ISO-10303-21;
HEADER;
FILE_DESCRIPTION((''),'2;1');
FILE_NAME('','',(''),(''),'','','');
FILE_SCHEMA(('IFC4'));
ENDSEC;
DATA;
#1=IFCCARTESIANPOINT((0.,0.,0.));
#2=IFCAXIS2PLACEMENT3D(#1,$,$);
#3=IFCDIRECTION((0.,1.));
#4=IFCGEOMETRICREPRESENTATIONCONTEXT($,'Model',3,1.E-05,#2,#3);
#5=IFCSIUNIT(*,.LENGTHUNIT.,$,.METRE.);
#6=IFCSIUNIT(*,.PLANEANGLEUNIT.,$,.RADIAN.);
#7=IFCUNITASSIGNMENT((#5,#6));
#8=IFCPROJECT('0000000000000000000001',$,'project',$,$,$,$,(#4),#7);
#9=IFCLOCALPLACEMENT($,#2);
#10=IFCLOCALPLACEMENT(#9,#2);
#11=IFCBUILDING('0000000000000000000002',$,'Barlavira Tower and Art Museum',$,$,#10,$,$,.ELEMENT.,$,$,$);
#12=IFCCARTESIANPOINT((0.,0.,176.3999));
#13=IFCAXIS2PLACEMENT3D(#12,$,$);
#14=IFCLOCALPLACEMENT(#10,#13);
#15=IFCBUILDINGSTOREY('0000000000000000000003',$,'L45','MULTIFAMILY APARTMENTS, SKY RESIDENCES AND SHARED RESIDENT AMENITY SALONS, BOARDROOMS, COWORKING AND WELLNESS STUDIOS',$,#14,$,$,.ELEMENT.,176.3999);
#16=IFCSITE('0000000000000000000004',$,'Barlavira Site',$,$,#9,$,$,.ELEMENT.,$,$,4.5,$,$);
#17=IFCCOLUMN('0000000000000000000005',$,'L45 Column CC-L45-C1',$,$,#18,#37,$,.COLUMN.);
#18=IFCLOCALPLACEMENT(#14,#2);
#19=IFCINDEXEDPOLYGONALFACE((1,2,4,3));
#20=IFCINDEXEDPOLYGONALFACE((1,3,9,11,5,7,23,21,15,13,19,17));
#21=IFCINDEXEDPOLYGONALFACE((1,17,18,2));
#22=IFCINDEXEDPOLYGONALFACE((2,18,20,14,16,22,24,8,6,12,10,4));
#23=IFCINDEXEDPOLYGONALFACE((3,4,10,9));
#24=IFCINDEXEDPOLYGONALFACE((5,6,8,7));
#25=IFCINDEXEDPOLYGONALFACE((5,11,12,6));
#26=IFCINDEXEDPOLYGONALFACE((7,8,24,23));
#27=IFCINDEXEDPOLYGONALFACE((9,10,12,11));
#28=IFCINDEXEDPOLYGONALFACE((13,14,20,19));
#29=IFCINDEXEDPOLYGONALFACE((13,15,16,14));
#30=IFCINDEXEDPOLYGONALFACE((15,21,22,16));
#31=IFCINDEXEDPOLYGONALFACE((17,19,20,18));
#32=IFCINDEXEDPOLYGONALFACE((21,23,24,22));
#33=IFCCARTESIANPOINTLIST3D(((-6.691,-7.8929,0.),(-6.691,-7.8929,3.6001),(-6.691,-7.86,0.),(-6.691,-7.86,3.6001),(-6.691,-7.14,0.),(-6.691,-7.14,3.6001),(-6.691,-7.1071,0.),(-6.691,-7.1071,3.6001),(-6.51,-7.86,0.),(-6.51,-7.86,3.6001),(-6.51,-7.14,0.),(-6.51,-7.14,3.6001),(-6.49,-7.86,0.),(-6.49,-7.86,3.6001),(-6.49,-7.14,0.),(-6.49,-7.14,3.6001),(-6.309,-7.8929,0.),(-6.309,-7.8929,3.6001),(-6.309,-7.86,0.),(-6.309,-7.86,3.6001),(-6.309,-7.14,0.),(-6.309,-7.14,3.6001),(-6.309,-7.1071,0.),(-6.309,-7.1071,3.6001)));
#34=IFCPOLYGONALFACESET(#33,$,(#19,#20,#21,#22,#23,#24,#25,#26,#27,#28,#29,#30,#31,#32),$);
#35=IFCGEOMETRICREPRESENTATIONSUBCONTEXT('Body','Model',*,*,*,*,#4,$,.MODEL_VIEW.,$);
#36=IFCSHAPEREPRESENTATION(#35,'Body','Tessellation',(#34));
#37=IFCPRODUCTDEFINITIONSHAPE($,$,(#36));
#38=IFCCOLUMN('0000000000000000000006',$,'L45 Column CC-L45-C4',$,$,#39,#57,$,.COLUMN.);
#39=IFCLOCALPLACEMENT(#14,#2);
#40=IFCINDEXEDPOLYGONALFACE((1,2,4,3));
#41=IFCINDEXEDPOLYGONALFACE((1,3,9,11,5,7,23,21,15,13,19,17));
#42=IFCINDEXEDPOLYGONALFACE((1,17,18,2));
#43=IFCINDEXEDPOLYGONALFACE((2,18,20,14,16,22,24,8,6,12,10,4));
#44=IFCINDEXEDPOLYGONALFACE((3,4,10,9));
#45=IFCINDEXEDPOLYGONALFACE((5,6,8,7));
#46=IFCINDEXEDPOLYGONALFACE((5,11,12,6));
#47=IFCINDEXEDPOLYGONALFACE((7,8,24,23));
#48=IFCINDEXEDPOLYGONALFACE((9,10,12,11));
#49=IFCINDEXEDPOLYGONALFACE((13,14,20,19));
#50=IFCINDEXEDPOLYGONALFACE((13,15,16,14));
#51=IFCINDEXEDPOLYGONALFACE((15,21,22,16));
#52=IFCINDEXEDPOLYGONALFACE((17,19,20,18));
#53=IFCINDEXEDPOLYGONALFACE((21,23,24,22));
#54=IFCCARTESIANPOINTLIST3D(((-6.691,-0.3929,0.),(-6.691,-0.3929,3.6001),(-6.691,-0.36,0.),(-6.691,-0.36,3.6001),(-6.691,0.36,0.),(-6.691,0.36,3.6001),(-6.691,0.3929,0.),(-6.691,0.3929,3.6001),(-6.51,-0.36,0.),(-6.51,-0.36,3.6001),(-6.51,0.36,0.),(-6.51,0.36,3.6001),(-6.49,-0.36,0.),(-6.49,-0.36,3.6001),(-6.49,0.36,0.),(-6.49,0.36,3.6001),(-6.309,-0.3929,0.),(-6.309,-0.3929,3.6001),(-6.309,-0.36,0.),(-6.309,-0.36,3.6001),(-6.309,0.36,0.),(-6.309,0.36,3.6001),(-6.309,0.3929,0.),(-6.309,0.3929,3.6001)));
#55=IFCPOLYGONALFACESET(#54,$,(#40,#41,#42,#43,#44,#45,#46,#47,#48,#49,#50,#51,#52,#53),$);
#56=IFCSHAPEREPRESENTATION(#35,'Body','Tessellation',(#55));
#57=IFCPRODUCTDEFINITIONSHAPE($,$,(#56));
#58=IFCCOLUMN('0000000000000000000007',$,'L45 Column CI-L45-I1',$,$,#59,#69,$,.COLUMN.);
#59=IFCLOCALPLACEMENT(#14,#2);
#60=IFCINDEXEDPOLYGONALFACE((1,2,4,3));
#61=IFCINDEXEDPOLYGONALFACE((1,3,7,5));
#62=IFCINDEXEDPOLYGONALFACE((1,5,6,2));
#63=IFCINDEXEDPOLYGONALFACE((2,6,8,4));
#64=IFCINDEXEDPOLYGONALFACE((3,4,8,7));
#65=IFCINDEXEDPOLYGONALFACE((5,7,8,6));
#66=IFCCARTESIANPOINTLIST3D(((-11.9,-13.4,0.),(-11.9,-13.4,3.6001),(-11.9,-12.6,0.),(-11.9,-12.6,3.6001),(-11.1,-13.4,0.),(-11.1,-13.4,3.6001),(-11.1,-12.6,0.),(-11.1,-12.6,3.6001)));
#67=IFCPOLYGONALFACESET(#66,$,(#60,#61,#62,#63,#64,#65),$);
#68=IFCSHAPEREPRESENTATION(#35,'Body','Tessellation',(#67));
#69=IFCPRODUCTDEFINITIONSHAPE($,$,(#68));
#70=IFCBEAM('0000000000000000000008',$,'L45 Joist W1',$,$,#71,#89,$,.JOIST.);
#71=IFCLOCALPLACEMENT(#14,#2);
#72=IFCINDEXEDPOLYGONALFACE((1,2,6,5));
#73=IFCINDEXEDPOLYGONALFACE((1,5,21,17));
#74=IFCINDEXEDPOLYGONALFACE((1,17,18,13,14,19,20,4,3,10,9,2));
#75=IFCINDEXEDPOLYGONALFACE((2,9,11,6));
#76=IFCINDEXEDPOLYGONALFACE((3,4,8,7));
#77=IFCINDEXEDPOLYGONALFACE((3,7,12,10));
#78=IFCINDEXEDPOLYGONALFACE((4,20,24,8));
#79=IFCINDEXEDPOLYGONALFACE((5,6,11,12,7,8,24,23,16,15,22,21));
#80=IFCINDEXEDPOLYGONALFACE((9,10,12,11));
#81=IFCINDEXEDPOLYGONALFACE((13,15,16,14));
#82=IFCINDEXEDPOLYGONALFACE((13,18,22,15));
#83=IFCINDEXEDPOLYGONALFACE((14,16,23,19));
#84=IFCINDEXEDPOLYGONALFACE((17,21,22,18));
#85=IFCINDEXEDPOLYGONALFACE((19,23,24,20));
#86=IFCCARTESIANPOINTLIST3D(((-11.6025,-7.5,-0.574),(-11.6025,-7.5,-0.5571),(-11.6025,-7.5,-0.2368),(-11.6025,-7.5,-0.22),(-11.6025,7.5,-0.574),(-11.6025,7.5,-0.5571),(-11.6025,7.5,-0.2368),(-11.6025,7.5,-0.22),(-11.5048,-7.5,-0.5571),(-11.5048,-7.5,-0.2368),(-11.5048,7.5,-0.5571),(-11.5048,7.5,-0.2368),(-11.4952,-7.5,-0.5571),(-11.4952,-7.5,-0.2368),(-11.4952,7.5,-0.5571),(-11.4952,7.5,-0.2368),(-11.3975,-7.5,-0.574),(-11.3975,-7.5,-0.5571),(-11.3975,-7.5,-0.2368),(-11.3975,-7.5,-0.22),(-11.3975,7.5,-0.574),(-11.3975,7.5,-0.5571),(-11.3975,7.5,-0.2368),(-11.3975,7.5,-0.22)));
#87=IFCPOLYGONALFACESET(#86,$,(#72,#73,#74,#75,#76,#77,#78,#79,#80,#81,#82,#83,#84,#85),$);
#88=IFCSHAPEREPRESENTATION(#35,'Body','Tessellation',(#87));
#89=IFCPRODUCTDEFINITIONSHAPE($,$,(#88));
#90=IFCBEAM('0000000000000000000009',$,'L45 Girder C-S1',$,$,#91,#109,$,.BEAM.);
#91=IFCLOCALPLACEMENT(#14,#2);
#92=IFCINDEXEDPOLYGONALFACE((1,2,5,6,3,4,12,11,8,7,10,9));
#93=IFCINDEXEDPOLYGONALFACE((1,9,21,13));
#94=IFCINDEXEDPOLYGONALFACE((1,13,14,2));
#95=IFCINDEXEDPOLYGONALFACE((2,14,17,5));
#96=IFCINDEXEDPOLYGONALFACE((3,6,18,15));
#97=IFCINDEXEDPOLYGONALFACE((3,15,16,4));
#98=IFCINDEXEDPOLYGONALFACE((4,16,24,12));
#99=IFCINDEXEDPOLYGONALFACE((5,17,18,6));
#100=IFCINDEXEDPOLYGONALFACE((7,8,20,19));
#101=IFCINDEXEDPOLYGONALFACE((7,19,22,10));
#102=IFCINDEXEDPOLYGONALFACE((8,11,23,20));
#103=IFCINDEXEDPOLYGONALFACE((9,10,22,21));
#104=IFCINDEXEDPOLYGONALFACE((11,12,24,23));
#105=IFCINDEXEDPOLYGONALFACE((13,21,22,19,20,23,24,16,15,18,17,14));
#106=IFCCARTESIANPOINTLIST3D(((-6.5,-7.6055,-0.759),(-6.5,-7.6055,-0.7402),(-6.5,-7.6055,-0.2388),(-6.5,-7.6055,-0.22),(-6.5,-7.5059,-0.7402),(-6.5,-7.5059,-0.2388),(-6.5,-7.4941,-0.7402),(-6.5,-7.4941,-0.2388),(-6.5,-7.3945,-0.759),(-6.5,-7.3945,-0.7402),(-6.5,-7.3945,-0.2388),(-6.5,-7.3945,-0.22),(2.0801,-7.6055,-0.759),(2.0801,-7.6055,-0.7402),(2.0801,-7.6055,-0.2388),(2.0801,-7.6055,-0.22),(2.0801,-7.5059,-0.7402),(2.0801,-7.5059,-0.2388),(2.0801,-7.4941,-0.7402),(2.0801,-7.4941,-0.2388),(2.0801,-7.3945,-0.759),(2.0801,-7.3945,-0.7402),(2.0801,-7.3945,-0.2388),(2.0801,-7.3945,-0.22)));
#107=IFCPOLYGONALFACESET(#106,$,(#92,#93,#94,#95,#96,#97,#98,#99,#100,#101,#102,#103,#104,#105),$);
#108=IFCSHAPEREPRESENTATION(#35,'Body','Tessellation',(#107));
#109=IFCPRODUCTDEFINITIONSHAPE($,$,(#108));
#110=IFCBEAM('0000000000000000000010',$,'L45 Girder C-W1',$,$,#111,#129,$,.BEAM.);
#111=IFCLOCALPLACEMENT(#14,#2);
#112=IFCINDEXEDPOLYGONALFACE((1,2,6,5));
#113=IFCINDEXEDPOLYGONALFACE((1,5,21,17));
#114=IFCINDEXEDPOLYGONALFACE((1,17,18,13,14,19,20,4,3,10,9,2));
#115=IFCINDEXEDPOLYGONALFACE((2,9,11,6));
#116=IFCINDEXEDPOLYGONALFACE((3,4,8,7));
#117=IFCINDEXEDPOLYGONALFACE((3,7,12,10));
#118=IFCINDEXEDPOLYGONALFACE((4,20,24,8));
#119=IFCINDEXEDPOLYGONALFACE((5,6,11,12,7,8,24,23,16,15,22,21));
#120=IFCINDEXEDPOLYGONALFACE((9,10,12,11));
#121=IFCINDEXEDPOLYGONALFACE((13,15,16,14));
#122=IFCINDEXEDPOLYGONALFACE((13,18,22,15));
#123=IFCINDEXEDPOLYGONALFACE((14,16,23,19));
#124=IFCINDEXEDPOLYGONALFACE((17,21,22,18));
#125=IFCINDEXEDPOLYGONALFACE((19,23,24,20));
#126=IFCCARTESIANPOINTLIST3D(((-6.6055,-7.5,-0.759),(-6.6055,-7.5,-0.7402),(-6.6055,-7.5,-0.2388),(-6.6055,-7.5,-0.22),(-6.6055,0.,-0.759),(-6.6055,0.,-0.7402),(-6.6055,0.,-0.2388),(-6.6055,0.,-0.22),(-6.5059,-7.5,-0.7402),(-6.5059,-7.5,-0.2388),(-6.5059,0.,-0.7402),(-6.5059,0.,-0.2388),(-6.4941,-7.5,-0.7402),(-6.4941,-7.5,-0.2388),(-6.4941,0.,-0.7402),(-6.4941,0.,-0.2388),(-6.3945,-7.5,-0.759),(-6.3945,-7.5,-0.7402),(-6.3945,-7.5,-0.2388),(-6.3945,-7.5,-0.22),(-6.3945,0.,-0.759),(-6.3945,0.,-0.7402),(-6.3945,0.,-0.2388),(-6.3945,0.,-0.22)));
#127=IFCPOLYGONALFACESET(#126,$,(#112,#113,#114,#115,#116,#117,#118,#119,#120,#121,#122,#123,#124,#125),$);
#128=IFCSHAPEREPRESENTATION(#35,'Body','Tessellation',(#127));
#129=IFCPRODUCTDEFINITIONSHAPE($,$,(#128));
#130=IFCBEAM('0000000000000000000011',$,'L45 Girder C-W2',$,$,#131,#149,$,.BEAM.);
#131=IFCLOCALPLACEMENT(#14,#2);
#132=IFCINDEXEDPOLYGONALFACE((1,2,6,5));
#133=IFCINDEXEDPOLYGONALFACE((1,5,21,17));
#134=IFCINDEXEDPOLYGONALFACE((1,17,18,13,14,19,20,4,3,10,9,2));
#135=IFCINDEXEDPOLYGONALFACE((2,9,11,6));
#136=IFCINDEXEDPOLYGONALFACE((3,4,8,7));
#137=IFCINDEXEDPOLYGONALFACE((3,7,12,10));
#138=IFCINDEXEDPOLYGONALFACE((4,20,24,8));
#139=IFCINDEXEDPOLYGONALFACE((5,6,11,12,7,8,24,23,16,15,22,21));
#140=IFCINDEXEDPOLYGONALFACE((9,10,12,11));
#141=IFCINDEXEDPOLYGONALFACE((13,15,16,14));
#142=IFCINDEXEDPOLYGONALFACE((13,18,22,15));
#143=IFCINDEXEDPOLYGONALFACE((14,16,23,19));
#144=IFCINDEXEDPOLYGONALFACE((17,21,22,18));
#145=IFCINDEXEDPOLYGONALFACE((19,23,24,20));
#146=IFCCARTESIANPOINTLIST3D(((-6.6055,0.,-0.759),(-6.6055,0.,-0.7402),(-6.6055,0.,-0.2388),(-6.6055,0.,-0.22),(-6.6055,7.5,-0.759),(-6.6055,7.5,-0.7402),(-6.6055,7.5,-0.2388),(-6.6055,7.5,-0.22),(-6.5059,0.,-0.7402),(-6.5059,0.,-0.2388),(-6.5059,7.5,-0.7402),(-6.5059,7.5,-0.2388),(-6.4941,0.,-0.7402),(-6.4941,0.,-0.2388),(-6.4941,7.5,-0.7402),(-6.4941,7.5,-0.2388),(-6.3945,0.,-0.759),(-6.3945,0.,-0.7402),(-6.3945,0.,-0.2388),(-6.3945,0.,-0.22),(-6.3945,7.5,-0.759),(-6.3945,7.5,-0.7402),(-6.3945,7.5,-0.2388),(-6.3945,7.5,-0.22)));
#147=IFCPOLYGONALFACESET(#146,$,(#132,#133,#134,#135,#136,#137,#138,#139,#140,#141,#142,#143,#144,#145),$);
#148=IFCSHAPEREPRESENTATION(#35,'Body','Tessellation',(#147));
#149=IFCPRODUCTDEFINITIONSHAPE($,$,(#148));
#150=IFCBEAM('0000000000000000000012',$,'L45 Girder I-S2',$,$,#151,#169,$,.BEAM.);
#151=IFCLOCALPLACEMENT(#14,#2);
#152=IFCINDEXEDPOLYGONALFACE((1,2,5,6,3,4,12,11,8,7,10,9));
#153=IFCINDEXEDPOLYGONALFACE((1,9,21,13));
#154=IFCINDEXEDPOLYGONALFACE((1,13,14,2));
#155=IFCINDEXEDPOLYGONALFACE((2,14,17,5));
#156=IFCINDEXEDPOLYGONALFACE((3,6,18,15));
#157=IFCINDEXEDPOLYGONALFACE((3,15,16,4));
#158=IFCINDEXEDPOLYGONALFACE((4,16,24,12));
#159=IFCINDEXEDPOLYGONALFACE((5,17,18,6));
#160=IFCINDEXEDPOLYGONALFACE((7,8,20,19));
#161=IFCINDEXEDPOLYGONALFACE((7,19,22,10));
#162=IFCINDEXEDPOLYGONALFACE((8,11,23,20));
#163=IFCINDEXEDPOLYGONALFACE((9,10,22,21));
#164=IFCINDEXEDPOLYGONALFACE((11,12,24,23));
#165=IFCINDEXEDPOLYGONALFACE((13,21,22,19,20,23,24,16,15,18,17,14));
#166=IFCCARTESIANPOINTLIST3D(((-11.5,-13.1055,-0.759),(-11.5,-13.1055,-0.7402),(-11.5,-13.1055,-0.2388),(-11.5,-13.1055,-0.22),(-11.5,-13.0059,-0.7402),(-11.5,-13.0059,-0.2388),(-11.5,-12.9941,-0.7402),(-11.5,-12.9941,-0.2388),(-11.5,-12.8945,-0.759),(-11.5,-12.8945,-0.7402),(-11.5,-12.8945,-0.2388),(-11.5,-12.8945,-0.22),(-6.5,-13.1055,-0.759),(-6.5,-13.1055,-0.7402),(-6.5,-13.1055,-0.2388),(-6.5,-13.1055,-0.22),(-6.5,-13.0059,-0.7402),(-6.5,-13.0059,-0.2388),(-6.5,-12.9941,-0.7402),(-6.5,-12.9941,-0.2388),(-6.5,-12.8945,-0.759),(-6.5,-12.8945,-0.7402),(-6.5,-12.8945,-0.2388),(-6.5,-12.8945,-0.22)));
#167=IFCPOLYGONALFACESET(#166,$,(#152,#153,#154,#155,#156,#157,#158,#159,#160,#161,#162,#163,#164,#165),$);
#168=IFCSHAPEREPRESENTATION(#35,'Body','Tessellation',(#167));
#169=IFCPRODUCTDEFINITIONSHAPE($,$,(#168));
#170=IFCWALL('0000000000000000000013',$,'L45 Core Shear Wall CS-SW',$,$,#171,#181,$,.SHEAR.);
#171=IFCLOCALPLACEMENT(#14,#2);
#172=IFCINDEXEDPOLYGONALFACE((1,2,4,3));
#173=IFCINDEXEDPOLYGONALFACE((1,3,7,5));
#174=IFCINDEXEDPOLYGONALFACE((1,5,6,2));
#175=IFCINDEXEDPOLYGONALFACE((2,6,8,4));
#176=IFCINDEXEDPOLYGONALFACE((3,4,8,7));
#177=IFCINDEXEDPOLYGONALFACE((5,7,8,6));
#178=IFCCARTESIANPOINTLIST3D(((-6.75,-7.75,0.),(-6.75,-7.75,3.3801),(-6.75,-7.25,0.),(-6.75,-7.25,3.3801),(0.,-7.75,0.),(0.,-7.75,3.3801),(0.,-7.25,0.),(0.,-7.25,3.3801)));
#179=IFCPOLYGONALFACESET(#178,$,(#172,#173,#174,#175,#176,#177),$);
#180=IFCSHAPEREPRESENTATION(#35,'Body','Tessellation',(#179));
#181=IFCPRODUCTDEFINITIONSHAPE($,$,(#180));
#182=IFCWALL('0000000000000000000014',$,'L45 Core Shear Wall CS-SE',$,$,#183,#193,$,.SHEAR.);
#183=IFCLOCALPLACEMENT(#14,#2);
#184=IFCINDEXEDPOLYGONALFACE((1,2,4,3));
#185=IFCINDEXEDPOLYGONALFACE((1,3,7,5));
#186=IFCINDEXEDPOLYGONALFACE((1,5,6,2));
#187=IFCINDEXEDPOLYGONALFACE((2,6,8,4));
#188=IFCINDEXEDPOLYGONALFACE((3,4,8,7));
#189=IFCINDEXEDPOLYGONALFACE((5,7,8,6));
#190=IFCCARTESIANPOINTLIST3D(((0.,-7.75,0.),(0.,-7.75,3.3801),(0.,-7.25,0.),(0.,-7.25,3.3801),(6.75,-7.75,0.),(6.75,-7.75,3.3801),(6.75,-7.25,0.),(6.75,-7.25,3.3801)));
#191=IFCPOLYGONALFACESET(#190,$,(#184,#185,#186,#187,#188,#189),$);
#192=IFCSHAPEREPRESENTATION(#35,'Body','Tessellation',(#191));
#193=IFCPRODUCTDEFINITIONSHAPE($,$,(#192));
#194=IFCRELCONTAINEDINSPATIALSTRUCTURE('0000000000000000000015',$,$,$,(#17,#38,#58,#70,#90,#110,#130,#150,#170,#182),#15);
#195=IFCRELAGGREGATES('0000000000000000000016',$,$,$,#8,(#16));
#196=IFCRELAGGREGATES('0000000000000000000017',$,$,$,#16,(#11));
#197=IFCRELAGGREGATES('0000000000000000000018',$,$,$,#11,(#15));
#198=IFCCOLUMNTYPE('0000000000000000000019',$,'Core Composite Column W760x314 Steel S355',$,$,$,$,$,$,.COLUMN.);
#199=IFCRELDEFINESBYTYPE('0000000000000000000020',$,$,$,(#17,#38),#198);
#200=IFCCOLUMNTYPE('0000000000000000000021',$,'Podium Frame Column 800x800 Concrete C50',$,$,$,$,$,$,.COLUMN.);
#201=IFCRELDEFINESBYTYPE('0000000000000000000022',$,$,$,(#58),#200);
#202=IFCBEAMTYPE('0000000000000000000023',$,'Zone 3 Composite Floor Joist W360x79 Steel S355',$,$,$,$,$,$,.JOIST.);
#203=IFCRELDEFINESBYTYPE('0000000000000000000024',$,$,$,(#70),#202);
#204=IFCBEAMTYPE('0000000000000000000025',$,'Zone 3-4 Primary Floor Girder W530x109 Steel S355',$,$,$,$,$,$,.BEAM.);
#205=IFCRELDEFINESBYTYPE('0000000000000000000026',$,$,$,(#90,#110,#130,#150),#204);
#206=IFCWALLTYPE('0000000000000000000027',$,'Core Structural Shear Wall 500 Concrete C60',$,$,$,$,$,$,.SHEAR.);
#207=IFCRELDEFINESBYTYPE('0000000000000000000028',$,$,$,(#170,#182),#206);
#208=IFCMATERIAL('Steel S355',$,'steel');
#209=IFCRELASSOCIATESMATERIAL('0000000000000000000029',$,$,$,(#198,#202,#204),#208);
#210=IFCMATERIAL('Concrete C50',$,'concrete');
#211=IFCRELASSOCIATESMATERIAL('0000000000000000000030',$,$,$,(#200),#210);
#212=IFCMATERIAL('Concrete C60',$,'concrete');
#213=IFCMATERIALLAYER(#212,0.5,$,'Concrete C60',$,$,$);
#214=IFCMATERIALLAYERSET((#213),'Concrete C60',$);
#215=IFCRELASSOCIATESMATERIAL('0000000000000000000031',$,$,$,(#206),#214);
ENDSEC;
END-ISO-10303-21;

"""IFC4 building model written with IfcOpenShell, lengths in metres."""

from ifc_helpers import new_model, si_unit, direction, frame, frame_2d, origin, origin_2d, place, context, subcontext, project, spatial, rectangle, i_section, extrude, material, layer, layer_set, material_profile, profile_set, type_object, element, save


model = new_model("IFC4")

# Units and contexts
model_context = context("Model", 3, precision=1e-05, world=origin(), true_north=direction((0.0, 1.0)))
body_context = subcontext(model_context, "Body", "Model", "MODEL_VIEW")
ifc_project = project(units=[si_unit("LENGTHUNIT", "METRE"), si_unit("PLANEANGLEUNIT", "RADIAN")], contexts=[model_context])

# Site, building, storey
site_placement = place(None, origin())
site = spatial("IfcSite", under=ifc_project, at=site_placement, Name="Barlavira Site", CompositionType="ELEMENT", RefElevation=4.5)
building_placement = place(site_placement, origin())
building = spatial("IfcBuilding", under=site, at=building_placement, Name="Barlavira Tower and Art Museum", CompositionType="ELEMENT")
storey_placement = place(building_placement, frame((0.0, 0.0, 176.3999)))
storey = spatial("IfcBuildingStorey", under=building, at=storey_placement, Name="L45", Description="MULTIFAMILY APARTMENTS, SKY RESIDENCES AND SHARED RESIDENT AMENITY SALONS, BOARDROOMS, COWORKING AND WELLNESS STUDIOS", CompositionType="ELEMENT", Elevation=176.3999)

# Columns
ifc_material_1 = material(Name="Steel S355", Category="steel")
ifc_material_profile_1 = material_profile(ifc_material_1, i_section(OverallWidth=0.3821, OverallDepth=0.7859, WebThickness=0.02, FlangeThickness=0.033, at=origin_2d()), Name="W760x314.0")
ifc_profile_set_1 = profile_set([ifc_material_profile_1], Name="Steel S355")
column_type_1 = type_object("IfcColumnType", Name="Core Composite Column W760x314 Steel S355", PredefinedType="COLUMN", material=ifc_profile_set_1)
for number, where, z_axis, x_axis, name in (
    (1, (-6.5, -7.5, 0.0), (0.0, 0.0, 1.0), (1.0, 0.0, 0.0), "L45 Column CC-L45-C1"),
    (2, (-6.5, 0.0, 0.0), (0.0, 0.0, 1.0), (1.0, 0.0, 0.0), "L45 Column CC-L45-C4"),
):
    element("IfcColumn", number, at=place(storey_placement, frame(where, z_axis=z_axis, x_axis=x_axis)), inside=storey, type_object=column_type_1, Name=name, PredefinedType="COLUMN", context=body_context, shape_type="SweptSolid", body=[
        extrude(i_section(OverallWidth=0.3821, OverallDepth=0.7859, WebThickness=0.02, FlangeThickness=0.033, at=origin_2d()), origin(), (0.0, 0.0, 1.0), 3.6001),
    ])
ifc_material_2 = material(Name="Concrete C50", Category="concrete")
ifc_material_profile_2 = material_profile(ifc_material_2, rectangle(XDim=0.8, YDim=0.8, at=origin_2d()), Name="RC-COL 800x800")
ifc_profile_set_2 = profile_set([ifc_material_profile_2], Name="Concrete C50")
column_type_2 = type_object("IfcColumnType", Name="Podium Frame Column 800x800 Concrete C50", PredefinedType="COLUMN", material=ifc_profile_set_2)
column_placement = place(storey_placement, frame((-11.5, -13.0, 0.0), z_axis=(0.0, 0.0, 1.0), x_axis=(1.0, 0.0, 0.0)))
element("IfcColumn", 3, at=column_placement, inside=storey, type_object=column_type_2, Name="L45 Column CI-L45-I1", PredefinedType="COLUMN", context=body_context, shape_type="SweptSolid", body=[
    extrude(rectangle(XDim=0.8, YDim=0.8, at=origin_2d()), origin(), (0.0, 0.0, 1.0), 3.6001),
])

# Beams
ifc_material_profile_3 = material_profile(ifc_material_1, i_section(OverallWidth=0.2051, OverallDepth=0.354, WebThickness=0.0095, FlangeThickness=0.0168, at=origin_2d()), Name="W360x79.0")
ifc_profile_set_3 = profile_set([ifc_material_profile_3], Name="Steel S355")
beam_type_1 = type_object("IfcBeamType", Name="Zone 3 Composite Floor Joist W360x79 Steel S355", PredefinedType="JOIST", material=ifc_profile_set_3)
beam_1_placement = place(storey_placement, frame((-11.5, -7.5, -0.397), z_axis=(0.0, 1.0, 0.0), x_axis=(-1.0, 0.0, 0.0)))
element("IfcBeam", 4, at=beam_1_placement, inside=storey, type_object=beam_type_1, Name="L45 Joist W1", PredefinedType="JOIST", context=body_context, shape_type="SweptSolid", body=[
    extrude(i_section(OverallWidth=0.2051, OverallDepth=0.354, WebThickness=0.0095, FlangeThickness=0.0168, at=origin_2d()), origin(), (0.0, 0.0, 1.0), 15.0),
])
ifc_material_profile_4 = material_profile(ifc_material_1, i_section(OverallWidth=0.2109, OverallDepth=0.5391, WebThickness=0.0117, FlangeThickness=0.0188, at=origin_2d()), Name="W530x109.0")
ifc_profile_set_4 = profile_set([ifc_material_profile_4], Name="Steel S355")
beam_type_2 = type_object("IfcBeamType", Name="Zone 3-4 Primary Floor Girder W530x109 Steel S355", PredefinedType="BEAM", material=ifc_profile_set_4)
beam_2_placement = place(storey_placement, frame((-6.5, -7.5, -0.4895), z_axis=(1.0, 0.0, 0.0), x_axis=(0.0, 1.0, 0.0)))
element("IfcBeam", 5, at=beam_2_placement, inside=storey, type_object=beam_type_2, Name="L45 Girder C-S1", PredefinedType="BEAM", context=body_context, shape_type="SweptSolid", body=[
    extrude(i_section(OverallWidth=0.2109, OverallDepth=0.5391, WebThickness=0.0117, FlangeThickness=0.0188, at=origin_2d()), origin(), (0.0, 0.0, 1.0), 8.5801),
])
for number, where, z_axis, x_axis, name in (
    (6, (-6.5, -7.5, -0.4895), (0.0, 1.0, 0.0), (-1.0, 0.0, 0.0), "L45 Girder C-W1"),
    (7, (-6.5, 0.0, -0.4895), (0.0, 1.0, 0.0), (-1.0, 0.0, 0.0), "L45 Girder C-W2"),
):
    element("IfcBeam", number, at=place(storey_placement, frame(where, z_axis=z_axis, x_axis=x_axis)), inside=storey, type_object=beam_type_2, Name=name, PredefinedType="BEAM", context=body_context, shape_type="SweptSolid", body=[
        extrude(i_section(OverallWidth=0.2109, OverallDepth=0.5391, WebThickness=0.0117, FlangeThickness=0.0188, at=origin_2d()), origin(), (0.0, 0.0, 1.0), 7.5),
    ])
beam_3_placement = place(storey_placement, frame((-11.5, -13.0, -0.4895), z_axis=(1.0, 0.0, 0.0), x_axis=(0.0, 1.0, 0.0)))
element("IfcBeam", 8, at=beam_3_placement, inside=storey, type_object=beam_type_2, Name="L45 Girder I-S2", PredefinedType="BEAM", context=body_context, shape_type="SweptSolid", body=[
    extrude(i_section(OverallWidth=0.2109, OverallDepth=0.5391, WebThickness=0.0117, FlangeThickness=0.0188, at=origin_2d()), origin(), (0.0, 0.0, 1.0), 5.0),
])

# Walls
ifc_material_3 = material(Name="Concrete C60", Category="concrete")
ifc_layer_1 = layer(ifc_material_3, 0.5, Name="Concrete C60")
ifc_layer_set_1 = layer_set([ifc_layer_1], Name="Concrete C60")
wall_type_1 = type_object("IfcWallType", Name="Core Structural Shear Wall 500 Concrete C60", PredefinedType="SHEAR", material=ifc_layer_set_1)
for number, where, z_axis, x_axis, name in (
    (9, (-6.75, -7.5, 0.0), (0.0, 0.0, 1.0), (1.0, 0.0, 0.0), "L45 Core Shear Wall CS-SW"),
    (10, (0.0, -7.5, 0.0), (0.0, 0.0, 1.0), (1.0, 0.0, 0.0), "L45 Core Shear Wall CS-SE"),
):
    element("IfcWall", number, at=place(storey_placement, frame(where, z_axis=z_axis, x_axis=x_axis)), inside=storey, type_object=wall_type_1, Name=name, PredefinedType="SHEAR", context=body_context, shape_type="SweptSolid", body=[
        extrude(rectangle(XDim=6.75, YDim=0.5, at=frame_2d((3.375, 0.0))), origin(), (0.0, 0.0, 1.0), 3.3801),
    ])

save(model, "model.ifc")
